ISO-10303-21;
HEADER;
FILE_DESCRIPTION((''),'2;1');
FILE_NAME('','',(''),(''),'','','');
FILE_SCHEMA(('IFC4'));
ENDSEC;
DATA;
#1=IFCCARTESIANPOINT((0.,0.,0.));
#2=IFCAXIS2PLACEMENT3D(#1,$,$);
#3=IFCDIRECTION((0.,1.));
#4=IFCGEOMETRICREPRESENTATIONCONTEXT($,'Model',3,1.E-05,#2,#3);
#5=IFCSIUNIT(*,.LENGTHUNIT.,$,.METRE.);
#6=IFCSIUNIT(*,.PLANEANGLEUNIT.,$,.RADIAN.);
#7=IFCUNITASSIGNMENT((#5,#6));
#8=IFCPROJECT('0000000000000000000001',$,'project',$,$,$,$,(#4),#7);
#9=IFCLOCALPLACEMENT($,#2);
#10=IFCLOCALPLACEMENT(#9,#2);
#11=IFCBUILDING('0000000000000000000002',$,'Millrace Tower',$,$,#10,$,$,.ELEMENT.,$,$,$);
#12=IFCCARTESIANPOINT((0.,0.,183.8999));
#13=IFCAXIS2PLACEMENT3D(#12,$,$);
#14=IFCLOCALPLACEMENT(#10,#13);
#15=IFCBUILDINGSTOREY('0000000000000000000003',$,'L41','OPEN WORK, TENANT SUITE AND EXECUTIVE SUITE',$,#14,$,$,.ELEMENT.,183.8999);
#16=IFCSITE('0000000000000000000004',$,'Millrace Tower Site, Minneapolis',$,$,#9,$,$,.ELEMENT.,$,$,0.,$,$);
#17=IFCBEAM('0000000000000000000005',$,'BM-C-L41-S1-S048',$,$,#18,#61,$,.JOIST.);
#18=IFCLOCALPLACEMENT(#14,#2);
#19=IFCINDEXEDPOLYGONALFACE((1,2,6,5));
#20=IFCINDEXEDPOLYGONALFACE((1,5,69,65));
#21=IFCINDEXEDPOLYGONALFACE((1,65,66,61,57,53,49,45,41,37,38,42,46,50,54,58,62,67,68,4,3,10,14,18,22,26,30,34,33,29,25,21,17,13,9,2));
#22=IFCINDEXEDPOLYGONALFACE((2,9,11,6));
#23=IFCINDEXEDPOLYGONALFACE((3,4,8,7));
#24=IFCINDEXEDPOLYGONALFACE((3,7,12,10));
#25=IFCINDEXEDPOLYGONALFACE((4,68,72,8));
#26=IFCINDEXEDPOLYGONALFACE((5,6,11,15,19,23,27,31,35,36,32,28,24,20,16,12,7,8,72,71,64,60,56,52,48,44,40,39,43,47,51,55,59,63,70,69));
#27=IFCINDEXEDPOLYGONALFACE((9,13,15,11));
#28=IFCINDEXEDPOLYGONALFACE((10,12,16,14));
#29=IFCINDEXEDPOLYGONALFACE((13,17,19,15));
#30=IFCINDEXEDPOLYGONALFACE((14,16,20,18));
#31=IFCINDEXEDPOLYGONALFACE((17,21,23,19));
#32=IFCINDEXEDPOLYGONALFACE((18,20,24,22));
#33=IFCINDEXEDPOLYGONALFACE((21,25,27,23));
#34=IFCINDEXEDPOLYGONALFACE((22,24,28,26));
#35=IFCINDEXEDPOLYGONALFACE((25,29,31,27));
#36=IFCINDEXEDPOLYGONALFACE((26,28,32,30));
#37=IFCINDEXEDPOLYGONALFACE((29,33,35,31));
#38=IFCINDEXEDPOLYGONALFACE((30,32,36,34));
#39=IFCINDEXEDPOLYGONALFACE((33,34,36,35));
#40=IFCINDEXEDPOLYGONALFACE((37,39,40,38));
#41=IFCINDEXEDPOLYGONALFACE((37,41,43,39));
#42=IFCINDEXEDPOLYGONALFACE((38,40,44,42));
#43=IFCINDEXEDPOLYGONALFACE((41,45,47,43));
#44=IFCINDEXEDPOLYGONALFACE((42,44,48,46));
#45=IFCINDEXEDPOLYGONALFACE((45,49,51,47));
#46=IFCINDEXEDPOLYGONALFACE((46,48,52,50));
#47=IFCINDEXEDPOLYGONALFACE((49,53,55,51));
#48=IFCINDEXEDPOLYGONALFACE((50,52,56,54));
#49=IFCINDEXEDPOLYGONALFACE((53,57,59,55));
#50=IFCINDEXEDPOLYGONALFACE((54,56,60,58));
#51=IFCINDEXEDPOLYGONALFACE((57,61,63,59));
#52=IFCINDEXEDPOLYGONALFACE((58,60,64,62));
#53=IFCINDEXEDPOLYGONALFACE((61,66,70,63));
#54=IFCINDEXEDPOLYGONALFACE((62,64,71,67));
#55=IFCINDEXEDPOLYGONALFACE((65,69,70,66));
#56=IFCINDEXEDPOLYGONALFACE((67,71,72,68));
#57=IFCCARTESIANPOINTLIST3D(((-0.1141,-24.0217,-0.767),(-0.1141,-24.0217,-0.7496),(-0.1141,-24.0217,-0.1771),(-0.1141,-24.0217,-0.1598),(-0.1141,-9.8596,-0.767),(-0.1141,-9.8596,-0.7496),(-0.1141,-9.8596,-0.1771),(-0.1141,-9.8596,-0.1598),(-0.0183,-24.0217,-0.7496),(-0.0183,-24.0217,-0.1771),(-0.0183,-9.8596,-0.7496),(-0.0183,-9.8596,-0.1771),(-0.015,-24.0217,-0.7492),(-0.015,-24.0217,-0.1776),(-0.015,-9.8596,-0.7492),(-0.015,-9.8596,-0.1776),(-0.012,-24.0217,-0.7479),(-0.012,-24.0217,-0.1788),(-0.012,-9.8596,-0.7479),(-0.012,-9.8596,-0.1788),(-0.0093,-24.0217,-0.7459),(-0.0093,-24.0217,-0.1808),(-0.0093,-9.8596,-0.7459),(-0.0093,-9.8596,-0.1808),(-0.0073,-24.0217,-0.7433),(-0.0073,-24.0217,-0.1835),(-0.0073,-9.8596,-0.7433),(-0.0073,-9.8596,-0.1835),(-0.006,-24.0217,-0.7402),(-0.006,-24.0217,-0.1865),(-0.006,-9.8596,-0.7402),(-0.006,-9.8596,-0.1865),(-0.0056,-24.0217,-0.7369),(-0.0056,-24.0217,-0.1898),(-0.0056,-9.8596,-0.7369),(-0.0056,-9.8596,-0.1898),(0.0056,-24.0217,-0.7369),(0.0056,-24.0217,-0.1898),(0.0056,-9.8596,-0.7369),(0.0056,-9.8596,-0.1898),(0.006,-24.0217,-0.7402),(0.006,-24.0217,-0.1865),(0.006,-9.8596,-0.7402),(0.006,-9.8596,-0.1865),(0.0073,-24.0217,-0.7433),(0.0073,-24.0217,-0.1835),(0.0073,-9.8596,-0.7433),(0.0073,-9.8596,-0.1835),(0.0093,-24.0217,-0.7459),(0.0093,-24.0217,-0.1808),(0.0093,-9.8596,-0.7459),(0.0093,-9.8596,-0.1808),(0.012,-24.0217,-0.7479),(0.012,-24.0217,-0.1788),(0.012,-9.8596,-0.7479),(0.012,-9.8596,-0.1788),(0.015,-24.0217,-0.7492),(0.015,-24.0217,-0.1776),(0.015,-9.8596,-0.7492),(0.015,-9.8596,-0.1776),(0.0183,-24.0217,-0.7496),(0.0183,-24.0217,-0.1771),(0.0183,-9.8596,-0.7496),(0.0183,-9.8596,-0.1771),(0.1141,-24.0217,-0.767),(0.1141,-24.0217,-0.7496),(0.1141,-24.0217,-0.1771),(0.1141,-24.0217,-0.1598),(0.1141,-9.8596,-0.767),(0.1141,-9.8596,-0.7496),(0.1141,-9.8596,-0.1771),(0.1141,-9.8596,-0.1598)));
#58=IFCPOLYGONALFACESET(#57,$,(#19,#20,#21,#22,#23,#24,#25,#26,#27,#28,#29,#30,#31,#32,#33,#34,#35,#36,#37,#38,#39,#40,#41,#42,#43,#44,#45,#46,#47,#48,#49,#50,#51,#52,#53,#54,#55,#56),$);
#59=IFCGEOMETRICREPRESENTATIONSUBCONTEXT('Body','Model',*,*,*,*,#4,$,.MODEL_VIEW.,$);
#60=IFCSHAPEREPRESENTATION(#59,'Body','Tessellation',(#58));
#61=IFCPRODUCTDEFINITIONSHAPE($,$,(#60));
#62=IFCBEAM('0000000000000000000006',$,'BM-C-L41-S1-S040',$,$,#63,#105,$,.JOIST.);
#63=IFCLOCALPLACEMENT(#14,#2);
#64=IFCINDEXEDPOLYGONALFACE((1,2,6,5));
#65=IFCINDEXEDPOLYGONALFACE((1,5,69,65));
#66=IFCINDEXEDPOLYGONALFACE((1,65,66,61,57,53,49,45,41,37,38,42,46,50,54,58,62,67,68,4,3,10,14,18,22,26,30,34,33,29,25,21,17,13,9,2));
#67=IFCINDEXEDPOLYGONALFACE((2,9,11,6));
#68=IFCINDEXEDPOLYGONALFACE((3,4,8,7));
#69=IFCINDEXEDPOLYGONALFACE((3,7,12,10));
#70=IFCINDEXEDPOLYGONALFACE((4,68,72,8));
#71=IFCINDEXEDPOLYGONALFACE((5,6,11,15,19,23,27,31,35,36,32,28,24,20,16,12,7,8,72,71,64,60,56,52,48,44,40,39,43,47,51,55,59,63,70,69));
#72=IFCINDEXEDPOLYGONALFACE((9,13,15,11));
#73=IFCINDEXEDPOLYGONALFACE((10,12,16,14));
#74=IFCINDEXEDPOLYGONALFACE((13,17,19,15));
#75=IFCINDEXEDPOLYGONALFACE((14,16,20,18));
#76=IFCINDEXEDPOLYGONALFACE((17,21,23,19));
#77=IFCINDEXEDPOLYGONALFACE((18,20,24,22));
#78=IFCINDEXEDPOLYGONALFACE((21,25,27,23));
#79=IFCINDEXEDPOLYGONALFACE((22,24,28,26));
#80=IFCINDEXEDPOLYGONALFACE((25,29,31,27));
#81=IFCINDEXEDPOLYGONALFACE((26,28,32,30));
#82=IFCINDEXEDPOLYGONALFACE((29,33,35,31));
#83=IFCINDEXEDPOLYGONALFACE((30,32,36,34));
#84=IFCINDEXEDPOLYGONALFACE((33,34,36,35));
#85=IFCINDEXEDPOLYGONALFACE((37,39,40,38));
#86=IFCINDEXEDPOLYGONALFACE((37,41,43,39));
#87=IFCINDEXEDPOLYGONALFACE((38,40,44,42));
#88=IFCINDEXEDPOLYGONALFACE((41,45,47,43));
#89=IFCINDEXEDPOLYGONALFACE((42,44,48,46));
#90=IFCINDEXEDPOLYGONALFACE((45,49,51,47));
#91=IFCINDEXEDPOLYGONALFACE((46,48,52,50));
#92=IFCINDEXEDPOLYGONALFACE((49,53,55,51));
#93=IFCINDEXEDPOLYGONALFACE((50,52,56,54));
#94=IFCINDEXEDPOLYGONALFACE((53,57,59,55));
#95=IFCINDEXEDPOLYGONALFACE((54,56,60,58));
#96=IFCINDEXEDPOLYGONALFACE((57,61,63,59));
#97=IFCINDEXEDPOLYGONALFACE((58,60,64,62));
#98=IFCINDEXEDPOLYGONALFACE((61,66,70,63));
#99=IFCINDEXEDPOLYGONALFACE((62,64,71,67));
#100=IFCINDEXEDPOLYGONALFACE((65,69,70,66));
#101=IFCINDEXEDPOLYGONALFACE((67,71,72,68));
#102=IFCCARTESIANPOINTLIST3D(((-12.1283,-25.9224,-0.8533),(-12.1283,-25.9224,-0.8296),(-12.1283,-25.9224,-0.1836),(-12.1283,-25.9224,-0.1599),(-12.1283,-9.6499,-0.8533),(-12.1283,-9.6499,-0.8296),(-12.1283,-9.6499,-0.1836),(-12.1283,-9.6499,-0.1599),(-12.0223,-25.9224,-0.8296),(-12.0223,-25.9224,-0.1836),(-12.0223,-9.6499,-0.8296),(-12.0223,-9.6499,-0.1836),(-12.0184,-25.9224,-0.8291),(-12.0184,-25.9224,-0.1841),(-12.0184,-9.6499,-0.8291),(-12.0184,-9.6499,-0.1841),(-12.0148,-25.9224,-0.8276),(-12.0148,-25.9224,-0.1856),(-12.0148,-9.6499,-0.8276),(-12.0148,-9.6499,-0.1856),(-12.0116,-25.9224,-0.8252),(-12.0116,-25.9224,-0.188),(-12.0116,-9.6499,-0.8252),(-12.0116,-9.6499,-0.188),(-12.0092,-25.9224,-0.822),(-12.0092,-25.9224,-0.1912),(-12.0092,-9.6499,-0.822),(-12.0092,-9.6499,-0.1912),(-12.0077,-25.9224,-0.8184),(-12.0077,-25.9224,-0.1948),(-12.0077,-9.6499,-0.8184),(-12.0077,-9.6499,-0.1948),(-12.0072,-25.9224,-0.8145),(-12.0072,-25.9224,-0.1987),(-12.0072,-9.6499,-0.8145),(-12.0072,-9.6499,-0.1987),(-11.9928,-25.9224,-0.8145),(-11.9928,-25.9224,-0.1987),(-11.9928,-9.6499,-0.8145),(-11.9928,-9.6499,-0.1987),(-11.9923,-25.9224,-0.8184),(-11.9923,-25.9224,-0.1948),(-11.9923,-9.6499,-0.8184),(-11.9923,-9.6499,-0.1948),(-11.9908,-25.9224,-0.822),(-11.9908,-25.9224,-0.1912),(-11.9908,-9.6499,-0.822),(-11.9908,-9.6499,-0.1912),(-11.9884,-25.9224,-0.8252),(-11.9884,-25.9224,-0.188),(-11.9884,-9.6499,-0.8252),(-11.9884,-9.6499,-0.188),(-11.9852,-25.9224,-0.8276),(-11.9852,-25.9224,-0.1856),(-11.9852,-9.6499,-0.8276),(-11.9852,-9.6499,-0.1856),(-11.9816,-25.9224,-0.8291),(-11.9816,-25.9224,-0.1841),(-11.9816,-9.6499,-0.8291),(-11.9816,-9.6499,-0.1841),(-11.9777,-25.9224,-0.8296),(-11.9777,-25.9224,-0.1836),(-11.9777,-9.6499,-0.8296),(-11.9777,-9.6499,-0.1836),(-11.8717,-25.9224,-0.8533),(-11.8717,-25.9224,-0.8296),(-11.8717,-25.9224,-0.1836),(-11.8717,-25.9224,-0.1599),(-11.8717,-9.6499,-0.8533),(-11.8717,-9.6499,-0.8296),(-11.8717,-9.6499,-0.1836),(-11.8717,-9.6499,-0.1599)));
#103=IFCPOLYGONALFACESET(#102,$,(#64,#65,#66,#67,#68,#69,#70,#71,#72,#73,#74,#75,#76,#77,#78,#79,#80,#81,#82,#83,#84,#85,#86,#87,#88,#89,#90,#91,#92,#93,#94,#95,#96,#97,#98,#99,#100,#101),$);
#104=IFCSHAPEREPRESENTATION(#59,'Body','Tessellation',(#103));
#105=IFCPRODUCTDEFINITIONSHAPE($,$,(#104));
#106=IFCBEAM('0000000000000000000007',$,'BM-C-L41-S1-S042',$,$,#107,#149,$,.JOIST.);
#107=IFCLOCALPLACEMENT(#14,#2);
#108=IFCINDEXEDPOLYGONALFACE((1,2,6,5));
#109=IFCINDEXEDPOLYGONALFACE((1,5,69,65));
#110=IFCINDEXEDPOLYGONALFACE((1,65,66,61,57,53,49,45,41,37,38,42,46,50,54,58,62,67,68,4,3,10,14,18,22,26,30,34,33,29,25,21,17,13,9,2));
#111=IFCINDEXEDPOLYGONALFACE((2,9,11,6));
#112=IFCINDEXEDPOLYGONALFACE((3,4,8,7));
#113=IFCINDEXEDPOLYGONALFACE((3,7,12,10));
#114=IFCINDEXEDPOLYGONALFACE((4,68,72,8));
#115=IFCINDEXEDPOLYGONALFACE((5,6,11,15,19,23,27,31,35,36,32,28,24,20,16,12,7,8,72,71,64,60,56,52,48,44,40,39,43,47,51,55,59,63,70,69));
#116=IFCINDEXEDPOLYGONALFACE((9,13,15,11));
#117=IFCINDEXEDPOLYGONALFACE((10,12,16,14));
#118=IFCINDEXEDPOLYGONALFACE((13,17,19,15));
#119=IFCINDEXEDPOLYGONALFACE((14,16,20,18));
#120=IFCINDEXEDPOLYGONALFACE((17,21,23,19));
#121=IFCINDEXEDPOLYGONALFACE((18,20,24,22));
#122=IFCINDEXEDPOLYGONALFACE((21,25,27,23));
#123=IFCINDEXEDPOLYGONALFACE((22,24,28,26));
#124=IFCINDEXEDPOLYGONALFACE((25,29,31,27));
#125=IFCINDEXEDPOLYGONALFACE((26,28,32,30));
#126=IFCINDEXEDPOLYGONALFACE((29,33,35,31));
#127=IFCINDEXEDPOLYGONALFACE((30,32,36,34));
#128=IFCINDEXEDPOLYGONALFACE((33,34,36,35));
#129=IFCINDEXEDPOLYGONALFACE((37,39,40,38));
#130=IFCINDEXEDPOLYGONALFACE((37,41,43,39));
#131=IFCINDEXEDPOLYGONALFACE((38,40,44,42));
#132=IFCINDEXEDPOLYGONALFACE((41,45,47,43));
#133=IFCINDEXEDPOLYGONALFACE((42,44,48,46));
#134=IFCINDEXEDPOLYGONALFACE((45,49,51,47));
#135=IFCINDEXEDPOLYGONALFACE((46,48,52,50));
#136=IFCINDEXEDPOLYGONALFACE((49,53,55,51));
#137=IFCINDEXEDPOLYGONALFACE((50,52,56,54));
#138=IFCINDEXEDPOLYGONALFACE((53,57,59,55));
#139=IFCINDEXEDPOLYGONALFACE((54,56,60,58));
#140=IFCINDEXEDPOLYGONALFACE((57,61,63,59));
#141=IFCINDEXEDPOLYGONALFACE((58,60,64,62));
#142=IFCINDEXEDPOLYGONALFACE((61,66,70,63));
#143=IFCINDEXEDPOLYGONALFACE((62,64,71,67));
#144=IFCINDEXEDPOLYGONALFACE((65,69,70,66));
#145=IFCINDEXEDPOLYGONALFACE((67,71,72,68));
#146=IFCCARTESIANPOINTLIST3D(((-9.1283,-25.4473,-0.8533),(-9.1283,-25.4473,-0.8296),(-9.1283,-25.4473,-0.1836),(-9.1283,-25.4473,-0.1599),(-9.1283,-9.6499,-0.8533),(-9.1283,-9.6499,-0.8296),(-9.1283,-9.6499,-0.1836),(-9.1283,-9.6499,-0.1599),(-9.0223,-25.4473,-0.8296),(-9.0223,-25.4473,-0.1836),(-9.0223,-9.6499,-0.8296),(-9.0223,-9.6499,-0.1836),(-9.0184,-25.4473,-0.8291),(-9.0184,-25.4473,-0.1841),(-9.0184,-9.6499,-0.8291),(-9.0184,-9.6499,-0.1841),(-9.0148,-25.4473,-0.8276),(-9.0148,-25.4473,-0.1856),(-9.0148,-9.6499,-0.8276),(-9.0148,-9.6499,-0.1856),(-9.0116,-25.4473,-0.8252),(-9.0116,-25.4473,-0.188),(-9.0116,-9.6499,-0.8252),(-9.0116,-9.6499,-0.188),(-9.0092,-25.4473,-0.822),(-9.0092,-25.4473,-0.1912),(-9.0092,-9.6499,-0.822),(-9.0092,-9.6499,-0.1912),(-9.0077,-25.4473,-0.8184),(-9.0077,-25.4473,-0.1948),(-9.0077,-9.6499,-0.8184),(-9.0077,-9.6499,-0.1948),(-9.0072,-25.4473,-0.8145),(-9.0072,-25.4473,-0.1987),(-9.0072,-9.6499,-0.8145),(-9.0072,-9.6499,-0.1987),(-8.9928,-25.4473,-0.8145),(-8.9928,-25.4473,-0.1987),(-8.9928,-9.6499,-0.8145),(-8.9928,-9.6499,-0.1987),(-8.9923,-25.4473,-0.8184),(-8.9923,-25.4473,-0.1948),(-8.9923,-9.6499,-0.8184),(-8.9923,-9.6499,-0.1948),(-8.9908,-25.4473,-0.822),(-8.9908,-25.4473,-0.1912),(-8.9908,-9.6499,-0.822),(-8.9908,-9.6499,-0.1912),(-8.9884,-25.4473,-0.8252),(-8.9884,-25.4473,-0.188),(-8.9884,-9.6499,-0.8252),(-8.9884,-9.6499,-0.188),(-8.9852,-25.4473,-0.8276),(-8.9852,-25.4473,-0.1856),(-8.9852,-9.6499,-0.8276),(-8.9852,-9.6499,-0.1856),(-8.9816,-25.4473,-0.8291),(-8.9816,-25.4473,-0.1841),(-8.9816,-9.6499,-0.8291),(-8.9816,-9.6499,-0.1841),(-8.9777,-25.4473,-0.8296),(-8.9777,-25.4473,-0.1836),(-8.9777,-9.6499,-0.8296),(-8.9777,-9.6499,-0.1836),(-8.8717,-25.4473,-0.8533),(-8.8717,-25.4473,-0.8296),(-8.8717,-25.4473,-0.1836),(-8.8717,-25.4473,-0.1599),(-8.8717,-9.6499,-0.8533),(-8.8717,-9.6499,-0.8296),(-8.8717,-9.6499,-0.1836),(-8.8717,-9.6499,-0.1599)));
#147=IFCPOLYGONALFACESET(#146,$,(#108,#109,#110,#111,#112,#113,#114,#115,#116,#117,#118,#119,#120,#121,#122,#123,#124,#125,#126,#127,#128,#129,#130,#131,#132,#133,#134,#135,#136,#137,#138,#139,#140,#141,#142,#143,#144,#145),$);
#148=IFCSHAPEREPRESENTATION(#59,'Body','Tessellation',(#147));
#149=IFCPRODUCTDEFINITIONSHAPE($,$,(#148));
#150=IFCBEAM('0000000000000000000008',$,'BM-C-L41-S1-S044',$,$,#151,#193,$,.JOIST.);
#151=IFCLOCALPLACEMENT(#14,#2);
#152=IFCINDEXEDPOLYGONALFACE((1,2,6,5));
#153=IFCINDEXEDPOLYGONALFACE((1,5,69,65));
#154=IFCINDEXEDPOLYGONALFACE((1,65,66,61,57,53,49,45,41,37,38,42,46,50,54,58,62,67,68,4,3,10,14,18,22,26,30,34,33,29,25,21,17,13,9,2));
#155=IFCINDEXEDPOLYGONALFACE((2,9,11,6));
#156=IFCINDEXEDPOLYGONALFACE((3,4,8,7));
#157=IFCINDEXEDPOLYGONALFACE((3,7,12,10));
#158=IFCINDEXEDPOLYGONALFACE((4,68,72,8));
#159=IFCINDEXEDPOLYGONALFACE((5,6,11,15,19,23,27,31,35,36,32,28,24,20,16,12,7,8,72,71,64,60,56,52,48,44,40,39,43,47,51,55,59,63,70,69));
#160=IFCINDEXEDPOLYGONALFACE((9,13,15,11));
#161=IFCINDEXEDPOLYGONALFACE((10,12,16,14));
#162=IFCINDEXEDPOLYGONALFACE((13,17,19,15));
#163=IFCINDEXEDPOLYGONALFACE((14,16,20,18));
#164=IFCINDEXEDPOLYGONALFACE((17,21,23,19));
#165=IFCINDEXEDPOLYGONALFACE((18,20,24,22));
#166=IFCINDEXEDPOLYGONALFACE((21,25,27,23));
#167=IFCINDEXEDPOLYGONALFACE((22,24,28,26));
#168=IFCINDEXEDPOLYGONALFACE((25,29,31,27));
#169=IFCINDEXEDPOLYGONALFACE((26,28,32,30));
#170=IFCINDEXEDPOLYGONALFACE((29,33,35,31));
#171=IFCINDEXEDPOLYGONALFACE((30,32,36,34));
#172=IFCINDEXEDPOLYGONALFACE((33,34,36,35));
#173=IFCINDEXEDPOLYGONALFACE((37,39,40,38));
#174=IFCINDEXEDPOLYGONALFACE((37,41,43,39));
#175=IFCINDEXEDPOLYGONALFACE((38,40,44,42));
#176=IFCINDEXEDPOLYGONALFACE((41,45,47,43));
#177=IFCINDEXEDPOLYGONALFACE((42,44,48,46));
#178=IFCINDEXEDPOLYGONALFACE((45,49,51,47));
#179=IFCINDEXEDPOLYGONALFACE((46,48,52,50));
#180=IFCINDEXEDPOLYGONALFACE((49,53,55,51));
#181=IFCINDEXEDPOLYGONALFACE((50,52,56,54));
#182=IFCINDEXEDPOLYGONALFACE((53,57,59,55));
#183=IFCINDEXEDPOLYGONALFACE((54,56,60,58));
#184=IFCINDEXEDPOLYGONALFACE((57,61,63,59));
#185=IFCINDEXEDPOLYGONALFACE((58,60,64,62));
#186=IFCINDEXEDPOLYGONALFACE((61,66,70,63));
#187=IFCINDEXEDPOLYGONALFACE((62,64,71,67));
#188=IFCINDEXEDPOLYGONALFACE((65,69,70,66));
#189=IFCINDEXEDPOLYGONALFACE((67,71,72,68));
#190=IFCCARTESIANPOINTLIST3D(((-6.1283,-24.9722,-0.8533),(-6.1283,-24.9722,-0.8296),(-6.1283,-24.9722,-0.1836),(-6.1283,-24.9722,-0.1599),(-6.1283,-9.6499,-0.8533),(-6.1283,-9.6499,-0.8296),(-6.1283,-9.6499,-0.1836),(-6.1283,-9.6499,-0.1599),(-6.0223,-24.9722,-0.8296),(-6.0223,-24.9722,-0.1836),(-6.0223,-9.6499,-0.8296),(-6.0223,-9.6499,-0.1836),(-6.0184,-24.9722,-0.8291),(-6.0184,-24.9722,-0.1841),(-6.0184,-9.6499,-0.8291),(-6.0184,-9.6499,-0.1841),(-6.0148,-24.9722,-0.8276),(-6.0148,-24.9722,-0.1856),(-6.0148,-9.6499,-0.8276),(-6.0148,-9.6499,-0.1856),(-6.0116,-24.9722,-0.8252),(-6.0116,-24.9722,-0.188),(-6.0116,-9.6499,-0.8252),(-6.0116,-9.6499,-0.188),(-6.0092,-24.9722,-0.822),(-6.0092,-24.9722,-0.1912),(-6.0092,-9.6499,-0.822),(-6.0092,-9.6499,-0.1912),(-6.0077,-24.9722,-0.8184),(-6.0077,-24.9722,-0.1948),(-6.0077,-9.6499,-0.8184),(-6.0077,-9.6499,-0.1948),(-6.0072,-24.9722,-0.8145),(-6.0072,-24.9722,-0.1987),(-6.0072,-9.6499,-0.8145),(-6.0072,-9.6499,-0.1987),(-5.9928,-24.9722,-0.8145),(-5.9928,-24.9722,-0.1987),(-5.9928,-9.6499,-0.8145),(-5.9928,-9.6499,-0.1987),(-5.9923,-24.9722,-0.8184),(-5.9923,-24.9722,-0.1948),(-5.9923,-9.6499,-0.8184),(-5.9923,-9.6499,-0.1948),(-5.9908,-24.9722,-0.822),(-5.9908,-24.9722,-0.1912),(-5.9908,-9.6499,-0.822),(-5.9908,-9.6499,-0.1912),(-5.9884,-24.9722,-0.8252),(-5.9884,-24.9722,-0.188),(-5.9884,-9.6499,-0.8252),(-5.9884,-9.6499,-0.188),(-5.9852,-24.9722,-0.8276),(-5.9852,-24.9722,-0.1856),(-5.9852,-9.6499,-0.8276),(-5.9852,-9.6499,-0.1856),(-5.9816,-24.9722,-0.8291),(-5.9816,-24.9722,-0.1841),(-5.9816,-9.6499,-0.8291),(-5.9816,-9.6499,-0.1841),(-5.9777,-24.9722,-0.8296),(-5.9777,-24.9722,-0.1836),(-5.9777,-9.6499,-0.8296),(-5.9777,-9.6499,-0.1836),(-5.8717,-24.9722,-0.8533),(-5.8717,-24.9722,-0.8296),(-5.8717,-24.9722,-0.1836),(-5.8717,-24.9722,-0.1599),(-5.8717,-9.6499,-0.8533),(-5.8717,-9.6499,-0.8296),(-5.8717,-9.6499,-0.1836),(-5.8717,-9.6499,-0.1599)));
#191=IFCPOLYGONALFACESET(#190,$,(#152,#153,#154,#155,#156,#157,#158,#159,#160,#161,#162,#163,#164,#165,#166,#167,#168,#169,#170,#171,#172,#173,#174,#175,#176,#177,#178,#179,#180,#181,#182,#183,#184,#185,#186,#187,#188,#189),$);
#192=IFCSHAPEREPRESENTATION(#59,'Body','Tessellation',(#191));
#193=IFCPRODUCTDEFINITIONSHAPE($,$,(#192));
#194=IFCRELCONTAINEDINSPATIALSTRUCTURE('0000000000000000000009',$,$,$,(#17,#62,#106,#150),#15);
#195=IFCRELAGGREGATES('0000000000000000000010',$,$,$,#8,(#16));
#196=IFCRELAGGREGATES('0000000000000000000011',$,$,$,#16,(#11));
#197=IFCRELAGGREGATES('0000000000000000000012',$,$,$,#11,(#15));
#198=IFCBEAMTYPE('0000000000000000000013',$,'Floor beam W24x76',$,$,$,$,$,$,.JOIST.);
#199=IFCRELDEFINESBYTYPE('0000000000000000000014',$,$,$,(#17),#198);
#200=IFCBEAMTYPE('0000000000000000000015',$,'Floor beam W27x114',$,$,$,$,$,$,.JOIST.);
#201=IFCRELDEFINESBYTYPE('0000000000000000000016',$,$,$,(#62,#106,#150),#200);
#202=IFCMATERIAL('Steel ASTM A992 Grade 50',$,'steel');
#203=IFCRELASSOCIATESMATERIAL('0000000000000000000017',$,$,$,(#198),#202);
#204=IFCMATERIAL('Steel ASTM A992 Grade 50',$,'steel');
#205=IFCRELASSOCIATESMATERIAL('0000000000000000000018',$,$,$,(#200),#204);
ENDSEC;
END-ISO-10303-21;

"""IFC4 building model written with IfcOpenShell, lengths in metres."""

from ifc_helpers import new_model, si_unit, direction, frame, origin, origin_2d, place, context, subcontext, project, spatial, i_section, extrude, material, material_profile, profile_set, type_object, element, save


model = new_model("IFC4")

# Units and contexts
model_context = context("Model", 3, precision=1e-05, world=origin(), true_north=direction((0.0, 1.0)))
body_context = subcontext(model_context, "Body", "Model", "MODEL_VIEW")
ifc_project = project(units=[si_unit("LENGTHUNIT", "METRE"), si_unit("PLANEANGLEUNIT", "RADIAN")], contexts=[model_context])

# Site, building, storey
site_placement = place(None, origin())
site = spatial("IfcSite", under=ifc_project, at=site_placement, Name="Millrace Tower Site, Minneapolis", CompositionType="ELEMENT", RefElevation=0.0)
building_placement = place(site_placement, origin())
building = spatial("IfcBuilding", under=site, at=building_placement, Name="Millrace Tower", CompositionType="ELEMENT")
storey_placement = place(building_placement, frame((0.0, 0.0, 183.8999)))
storey = spatial("IfcBuildingStorey", under=building, at=storey_placement, Name="L41", Description="OPEN WORK, TENANT SUITE AND EXECUTIVE SUITE", CompositionType="ELEMENT", Elevation=183.8999)

# Beams
ifc_material_1 = material(Name="Steel ASTM A992 Grade 50", Category="steel")
ifc_material_profile_1 = material_profile(ifc_material_1, i_section(OverallWidth=0.2283, OverallDepth=0.6072, WebThickness=0.0112, FlangeThickness=0.0173, FilletRadius=0.0127, at=origin_2d()))
ifc_profile_set_1 = profile_set([ifc_material_profile_1], Name="Steel ASTM A992 Grade 50")
beam_type_1 = type_object("IfcBeamType", Name="Floor beam W24x76", PredefinedType="JOIST", material=ifc_profile_set_1)
beam_1_placement = place(storey_placement, frame((0.0, -24.0217, -0.4634), z_axis=(0.0, 1.0, 0.0), x_axis=(-1.0, 0.0, 0.0)))
element("IfcBeam", 1, at=beam_1_placement, inside=storey, type_object=beam_type_1, Name="BM-C-L41-S1-S048", PredefinedType="JOIST", context=body_context, shape_type="SweptSolid", body=[
    extrude(i_section(OverallWidth=0.2283, OverallDepth=0.6072, WebThickness=0.0112, FlangeThickness=0.0173, FilletRadius=0.0127, at=origin_2d()), origin(), (0.0, 0.0, 1.0), 14.1621),
])
ifc_material_2 = material(Name="Steel ASTM A992 Grade 50", Category="steel")
ifc_material_profile_2 = material_profile(ifc_material_2, i_section(OverallWidth=0.2566, OverallDepth=0.6934, WebThickness=0.0144, FlangeThickness=0.0237, FilletRadius=0.0151, at=origin_2d()))
ifc_profile_set_2 = profile_set([ifc_material_profile_2], Name="Steel ASTM A992 Grade 50")
beam_type_2 = type_object("IfcBeamType", Name="Floor beam W27x114", PredefinedType="JOIST", material=ifc_profile_set_2)
beam_2_placement = place(storey_placement, frame((-12.0, -25.9224, -0.5066), z_axis=(0.0, 1.0, 0.0), x_axis=(-1.0, 0.0, 0.0)))
element("IfcBeam", 2, at=beam_2_placement, inside=storey, type_object=beam_type_2, Name="BM-C-L41-S1-S040", PredefinedType="JOIST", context=body_context, shape_type="SweptSolid", body=[
    extrude(i_section(OverallWidth=0.2566, OverallDepth=0.6934, WebThickness=0.0144, FlangeThickness=0.0237, FilletRadius=0.0151, at=origin_2d()), origin(), (0.0, 0.0, 1.0), 16.2725),
])
beam_3_placement = place(storey_placement, frame((-9.0, -25.4473, -0.5066), z_axis=(0.0, 1.0, 0.0), x_axis=(-1.0, 0.0, 0.0)))
element("IfcBeam", 3, at=beam_3_placement, inside=storey, type_object=beam_type_2, Name="BM-C-L41-S1-S042", PredefinedType="JOIST", context=body_context, shape_type="SweptSolid", body=[
    extrude(i_section(OverallWidth=0.2566, OverallDepth=0.6934, WebThickness=0.0144, FlangeThickness=0.0237, FilletRadius=0.0151, at=origin_2d()), origin(), (0.0, 0.0, 1.0), 15.7974),
])
beam_4_placement = place(storey_placement, frame((-6.0, -24.9722, -0.5066), z_axis=(0.0, 1.0, 0.0), x_axis=(-1.0, 0.0, 0.0)))
element("IfcBeam", 4, at=beam_4_placement, inside=storey, type_object=beam_type_2, Name="BM-C-L41-S1-S044", PredefinedType="JOIST", context=body_context, shape_type="SweptSolid", body=[
    extrude(i_section(OverallWidth=0.2566, OverallDepth=0.6934, WebThickness=0.0144, FlangeThickness=0.0237, FilletRadius=0.0151, at=origin_2d()), origin(), (0.0, 0.0, 1.0), 15.3223),
])

save(model, "model.ifc")
